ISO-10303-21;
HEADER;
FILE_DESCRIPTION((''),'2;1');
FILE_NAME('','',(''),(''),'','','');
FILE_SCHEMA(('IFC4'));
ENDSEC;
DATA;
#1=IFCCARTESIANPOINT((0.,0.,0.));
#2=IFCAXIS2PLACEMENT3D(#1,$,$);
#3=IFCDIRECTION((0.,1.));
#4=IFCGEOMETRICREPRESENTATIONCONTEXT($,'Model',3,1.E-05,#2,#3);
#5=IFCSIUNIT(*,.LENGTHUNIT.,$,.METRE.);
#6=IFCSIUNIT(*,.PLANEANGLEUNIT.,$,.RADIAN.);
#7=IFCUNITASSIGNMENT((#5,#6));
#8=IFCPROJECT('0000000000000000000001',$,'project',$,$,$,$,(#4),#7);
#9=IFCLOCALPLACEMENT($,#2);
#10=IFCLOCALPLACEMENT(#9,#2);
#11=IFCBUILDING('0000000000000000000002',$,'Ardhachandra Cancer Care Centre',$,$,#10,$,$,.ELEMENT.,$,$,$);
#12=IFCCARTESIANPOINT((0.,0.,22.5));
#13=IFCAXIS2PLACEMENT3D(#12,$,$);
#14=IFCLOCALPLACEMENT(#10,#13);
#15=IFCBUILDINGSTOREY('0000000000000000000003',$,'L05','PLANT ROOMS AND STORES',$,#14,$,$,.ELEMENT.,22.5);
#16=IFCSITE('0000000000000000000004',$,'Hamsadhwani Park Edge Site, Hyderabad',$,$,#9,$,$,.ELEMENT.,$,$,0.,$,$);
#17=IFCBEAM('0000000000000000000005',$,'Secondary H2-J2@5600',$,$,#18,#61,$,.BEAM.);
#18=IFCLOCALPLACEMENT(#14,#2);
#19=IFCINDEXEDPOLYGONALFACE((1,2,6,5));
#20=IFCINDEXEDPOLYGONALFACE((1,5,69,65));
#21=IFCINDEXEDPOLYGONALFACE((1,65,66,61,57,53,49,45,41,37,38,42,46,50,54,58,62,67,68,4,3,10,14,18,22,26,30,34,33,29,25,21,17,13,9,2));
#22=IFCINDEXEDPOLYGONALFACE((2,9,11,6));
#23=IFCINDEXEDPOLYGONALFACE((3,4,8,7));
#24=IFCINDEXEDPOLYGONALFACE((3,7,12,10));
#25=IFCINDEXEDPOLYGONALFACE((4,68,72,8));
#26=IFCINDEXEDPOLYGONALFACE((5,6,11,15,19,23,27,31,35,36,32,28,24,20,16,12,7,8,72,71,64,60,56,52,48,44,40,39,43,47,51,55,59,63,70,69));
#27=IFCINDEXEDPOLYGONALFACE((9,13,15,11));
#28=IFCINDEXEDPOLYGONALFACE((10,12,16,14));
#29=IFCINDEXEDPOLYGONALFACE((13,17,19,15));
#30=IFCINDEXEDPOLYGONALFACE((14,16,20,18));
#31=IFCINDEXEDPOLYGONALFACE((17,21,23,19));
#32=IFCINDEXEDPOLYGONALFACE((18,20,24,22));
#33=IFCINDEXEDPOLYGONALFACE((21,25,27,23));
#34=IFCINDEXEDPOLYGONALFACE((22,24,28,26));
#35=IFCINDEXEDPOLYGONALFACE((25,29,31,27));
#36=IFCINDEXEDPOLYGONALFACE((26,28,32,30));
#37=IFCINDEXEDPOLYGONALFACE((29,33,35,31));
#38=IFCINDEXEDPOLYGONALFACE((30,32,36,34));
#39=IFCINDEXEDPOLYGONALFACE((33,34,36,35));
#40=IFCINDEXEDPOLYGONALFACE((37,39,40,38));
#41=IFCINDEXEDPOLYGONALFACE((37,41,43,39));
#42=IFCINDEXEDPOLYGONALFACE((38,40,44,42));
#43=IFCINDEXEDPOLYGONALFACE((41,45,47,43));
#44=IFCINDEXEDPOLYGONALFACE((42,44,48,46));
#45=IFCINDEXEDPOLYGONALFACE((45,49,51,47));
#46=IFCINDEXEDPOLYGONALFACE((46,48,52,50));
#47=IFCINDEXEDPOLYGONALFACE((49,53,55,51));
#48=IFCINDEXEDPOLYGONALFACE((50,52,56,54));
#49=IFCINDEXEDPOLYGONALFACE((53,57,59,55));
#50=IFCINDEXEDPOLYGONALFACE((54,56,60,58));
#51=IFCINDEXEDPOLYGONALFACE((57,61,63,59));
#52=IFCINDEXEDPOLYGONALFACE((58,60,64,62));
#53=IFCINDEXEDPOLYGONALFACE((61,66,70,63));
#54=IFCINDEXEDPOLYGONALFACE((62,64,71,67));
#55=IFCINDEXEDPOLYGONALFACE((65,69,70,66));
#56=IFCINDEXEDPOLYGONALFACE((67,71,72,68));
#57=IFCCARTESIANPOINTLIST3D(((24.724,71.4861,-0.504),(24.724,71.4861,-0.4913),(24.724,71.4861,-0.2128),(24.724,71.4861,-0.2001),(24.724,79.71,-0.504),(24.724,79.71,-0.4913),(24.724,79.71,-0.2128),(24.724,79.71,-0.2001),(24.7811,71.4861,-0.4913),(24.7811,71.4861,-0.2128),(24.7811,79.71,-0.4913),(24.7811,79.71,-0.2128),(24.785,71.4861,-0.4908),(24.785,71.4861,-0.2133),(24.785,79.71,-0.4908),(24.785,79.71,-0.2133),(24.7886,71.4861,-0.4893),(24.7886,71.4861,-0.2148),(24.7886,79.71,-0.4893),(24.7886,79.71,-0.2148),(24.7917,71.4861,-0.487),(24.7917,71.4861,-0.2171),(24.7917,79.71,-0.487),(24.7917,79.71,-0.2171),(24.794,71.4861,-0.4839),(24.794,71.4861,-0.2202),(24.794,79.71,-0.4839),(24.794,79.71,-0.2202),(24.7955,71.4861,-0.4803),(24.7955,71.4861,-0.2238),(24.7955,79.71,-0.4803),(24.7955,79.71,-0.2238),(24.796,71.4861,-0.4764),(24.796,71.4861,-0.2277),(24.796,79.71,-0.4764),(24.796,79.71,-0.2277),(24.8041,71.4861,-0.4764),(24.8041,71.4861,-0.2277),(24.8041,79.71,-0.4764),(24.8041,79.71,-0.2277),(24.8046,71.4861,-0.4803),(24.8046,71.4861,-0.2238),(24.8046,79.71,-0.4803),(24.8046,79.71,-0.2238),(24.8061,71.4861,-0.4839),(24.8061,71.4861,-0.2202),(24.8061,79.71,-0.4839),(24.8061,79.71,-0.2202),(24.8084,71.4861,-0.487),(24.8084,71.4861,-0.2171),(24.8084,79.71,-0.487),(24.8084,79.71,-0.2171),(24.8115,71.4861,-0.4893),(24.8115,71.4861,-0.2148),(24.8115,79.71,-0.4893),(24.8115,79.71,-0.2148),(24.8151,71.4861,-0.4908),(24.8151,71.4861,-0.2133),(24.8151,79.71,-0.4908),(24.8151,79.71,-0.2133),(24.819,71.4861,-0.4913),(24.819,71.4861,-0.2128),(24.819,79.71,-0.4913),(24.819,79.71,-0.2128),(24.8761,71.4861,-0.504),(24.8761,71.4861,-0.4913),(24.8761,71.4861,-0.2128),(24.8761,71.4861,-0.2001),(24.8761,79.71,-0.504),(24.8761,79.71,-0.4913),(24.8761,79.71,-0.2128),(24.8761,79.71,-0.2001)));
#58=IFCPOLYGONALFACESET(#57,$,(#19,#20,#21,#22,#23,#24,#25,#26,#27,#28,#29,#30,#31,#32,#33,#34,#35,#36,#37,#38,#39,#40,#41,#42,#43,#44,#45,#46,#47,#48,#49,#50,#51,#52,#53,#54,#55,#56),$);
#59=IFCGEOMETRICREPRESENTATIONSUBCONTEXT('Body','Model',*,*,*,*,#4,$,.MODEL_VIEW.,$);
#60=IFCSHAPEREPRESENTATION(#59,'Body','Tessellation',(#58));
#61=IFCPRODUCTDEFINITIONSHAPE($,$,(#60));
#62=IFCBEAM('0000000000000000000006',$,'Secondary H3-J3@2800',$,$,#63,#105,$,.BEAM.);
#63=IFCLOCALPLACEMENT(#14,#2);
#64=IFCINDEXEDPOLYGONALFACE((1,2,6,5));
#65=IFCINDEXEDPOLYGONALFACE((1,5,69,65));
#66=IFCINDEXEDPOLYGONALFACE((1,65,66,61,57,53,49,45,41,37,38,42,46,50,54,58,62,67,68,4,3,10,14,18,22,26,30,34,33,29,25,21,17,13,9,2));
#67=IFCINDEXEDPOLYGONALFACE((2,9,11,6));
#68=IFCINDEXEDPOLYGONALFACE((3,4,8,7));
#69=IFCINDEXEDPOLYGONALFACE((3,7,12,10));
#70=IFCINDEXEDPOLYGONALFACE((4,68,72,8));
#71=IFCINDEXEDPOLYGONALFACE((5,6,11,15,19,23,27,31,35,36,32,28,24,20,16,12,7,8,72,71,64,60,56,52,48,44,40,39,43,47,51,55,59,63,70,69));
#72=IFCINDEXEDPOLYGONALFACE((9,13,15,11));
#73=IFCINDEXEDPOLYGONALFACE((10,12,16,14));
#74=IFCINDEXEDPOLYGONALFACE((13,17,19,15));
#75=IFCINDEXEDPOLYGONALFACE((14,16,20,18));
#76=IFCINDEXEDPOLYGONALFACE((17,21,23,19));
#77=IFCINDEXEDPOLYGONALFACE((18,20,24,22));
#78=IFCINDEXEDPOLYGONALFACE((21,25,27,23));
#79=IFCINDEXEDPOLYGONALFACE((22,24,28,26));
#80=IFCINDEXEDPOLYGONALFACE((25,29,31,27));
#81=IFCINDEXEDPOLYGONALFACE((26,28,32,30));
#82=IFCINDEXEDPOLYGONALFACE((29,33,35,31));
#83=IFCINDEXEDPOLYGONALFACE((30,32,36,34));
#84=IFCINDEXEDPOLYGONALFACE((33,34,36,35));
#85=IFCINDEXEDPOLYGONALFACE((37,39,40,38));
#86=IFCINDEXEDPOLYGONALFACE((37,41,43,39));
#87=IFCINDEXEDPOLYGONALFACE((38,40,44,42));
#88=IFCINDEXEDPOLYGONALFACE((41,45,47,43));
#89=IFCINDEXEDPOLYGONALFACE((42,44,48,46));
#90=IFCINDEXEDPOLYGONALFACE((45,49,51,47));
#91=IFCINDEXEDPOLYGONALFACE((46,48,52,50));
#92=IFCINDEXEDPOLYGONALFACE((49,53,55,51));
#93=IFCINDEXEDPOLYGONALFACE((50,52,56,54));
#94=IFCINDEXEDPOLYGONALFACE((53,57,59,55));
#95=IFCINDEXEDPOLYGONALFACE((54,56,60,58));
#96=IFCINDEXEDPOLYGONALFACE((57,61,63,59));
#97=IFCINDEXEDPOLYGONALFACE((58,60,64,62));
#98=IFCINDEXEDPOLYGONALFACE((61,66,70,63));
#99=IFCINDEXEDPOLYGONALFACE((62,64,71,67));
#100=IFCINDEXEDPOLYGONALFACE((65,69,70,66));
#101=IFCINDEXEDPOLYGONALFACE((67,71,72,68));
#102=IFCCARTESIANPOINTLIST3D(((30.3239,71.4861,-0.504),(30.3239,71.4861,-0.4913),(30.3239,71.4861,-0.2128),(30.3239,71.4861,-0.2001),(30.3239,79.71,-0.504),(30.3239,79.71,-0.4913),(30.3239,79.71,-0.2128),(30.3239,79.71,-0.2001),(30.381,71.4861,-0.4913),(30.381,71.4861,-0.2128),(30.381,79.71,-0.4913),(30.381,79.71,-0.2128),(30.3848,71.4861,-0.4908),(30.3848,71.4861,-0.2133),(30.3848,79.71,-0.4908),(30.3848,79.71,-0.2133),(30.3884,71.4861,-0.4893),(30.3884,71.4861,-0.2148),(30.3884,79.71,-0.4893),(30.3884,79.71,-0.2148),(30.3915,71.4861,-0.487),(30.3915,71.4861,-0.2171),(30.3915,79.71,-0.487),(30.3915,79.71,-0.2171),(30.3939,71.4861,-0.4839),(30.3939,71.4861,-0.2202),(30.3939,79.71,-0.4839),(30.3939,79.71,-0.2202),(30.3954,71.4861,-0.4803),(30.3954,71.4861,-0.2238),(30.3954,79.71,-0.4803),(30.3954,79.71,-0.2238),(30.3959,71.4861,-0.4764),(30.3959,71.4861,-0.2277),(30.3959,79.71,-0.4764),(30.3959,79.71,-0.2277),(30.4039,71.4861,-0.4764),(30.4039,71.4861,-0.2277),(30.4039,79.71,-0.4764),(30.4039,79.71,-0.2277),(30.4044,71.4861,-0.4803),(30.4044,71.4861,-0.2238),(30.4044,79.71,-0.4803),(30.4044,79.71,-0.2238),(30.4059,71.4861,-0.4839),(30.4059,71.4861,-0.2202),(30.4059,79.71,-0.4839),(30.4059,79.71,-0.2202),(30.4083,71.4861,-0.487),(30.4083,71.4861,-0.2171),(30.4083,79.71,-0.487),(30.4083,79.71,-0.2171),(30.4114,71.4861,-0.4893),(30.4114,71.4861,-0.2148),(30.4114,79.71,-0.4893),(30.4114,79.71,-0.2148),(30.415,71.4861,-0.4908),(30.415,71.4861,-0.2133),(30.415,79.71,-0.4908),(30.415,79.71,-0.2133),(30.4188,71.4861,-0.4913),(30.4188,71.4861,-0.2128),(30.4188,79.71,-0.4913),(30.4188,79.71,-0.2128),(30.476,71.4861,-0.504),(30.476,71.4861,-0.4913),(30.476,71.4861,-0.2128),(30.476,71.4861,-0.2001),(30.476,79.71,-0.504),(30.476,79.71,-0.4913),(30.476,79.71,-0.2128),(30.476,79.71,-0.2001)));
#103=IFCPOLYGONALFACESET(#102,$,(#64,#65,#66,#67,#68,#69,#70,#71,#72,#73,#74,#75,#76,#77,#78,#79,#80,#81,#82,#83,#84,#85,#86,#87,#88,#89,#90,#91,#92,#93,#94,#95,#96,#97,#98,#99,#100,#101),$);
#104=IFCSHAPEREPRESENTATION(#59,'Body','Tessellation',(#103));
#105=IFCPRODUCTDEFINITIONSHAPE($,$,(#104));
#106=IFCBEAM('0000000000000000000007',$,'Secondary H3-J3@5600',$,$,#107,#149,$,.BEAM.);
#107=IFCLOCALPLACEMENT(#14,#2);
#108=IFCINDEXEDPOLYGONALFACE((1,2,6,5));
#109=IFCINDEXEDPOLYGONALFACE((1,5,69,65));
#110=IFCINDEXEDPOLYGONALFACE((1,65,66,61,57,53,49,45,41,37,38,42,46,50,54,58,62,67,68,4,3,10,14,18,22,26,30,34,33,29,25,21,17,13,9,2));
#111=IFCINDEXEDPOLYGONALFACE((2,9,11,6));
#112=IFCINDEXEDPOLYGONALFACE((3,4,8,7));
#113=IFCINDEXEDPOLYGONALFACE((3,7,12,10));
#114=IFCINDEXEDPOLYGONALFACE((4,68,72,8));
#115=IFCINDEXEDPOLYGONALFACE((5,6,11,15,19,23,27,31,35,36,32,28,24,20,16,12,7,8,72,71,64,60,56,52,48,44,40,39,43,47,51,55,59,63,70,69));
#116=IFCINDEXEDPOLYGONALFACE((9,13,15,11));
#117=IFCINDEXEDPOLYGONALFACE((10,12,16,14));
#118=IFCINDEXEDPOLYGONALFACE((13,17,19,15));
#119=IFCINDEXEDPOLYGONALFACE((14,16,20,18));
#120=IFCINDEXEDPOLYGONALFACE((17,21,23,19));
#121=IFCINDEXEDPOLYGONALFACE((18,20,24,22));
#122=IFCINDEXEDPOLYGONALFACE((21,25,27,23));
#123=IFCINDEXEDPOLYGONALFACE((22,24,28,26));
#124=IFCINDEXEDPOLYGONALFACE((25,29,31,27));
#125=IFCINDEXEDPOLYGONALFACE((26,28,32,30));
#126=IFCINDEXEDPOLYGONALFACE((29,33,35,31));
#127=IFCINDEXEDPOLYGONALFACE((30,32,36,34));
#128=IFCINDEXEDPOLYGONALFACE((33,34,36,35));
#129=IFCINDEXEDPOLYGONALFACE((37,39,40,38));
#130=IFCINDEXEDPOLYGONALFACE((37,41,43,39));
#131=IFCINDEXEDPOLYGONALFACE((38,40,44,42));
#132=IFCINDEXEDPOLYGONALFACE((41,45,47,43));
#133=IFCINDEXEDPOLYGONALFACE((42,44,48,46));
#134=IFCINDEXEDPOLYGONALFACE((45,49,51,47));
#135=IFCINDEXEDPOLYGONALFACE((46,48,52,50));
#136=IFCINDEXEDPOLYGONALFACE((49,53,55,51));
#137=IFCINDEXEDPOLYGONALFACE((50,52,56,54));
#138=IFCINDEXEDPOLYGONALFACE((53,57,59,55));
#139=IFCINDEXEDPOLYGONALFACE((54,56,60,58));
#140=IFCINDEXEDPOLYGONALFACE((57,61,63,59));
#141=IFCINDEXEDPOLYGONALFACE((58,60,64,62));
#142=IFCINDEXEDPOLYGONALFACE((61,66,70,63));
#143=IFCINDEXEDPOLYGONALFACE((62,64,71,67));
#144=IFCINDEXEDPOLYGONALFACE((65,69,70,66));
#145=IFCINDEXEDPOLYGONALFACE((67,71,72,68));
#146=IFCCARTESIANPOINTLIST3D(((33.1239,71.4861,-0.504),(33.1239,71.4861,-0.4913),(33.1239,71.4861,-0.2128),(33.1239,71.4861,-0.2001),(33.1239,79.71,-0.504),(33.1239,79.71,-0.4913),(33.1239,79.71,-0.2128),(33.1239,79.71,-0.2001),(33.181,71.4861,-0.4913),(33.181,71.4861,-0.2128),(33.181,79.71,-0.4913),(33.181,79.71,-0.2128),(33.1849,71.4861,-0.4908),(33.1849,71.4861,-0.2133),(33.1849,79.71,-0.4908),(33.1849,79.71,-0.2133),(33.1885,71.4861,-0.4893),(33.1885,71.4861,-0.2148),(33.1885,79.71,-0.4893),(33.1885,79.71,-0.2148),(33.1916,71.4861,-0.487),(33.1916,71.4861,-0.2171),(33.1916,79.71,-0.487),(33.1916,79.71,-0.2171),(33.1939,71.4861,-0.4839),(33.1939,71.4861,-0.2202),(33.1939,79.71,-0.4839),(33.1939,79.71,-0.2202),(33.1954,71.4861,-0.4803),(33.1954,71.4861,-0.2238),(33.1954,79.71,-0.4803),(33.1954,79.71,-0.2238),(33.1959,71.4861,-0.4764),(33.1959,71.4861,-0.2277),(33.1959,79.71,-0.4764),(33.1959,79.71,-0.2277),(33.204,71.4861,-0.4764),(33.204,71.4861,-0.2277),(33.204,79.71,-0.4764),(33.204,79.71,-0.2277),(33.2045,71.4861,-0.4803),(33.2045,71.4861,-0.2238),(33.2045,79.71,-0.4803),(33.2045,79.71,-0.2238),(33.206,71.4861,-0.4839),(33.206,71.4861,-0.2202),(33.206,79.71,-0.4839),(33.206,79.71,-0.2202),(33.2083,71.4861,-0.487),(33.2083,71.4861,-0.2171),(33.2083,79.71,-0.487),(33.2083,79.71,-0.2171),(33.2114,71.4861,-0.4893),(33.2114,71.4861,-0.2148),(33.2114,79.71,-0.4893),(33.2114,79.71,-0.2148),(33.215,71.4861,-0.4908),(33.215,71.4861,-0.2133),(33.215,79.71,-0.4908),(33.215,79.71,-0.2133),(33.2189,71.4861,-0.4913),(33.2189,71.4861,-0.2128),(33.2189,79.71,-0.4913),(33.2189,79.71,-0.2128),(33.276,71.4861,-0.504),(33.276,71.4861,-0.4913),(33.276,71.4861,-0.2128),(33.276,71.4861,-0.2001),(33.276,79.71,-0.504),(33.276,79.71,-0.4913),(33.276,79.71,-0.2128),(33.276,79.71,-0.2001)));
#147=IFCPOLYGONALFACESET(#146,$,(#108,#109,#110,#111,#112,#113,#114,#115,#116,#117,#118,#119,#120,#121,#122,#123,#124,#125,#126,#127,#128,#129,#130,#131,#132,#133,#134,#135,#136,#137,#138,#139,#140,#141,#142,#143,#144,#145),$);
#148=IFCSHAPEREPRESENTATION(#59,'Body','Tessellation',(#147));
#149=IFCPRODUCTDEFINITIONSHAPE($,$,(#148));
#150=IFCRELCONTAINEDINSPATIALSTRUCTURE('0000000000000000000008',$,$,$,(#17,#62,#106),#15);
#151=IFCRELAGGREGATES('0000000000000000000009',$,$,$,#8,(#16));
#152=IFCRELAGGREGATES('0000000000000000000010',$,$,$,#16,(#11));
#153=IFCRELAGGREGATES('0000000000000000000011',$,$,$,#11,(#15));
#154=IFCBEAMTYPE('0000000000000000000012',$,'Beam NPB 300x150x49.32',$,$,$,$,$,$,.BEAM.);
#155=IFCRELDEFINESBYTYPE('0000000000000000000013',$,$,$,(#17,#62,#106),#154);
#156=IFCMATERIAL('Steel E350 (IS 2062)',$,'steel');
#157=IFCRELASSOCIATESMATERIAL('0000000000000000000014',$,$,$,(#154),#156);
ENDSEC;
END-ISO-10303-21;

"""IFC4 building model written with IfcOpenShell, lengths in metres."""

from ifc_helpers import new_model, si_unit, direction, frame, origin, origin_2d, place, context, subcontext, project, spatial, i_section, extrude, material, material_profile, profile_set, type_object, element, save


model = new_model("IFC4")

# Units and contexts
model_context = context("Model", 3, precision=1e-05, world=origin(), true_north=direction((0.0, 1.0)))
body_context = subcontext(model_context, "Body", "Model", "MODEL_VIEW")
ifc_project = project(units=[si_unit("LENGTHUNIT", "METRE"), si_unit("PLANEANGLEUNIT", "RADIAN")], contexts=[model_context])

# Site, building, storey
site_placement = place(None, origin())
site = spatial("IfcSite", under=ifc_project, at=site_placement, Name="Hamsadhwani Park Edge Site, Hyderabad", CompositionType="ELEMENT", RefElevation=0.0)
building_placement = place(site_placement, origin())
building = spatial("IfcBuilding", under=site, at=building_placement, Name="Ardhachandra Cancer Care Centre", CompositionType="ELEMENT")
storey_placement = place(building_placement, frame((0.0, 0.0, 22.5)))
storey = spatial("IfcBuildingStorey", under=building, at=storey_placement, Name="L05", Description="PLANT ROOMS AND STORES", CompositionType="ELEMENT", Elevation=22.5)

# Beams
ifc_material_1 = material(Name="Steel E350 (IS 2062)", Category="steel")
ifc_material_profile_1 = material_profile(ifc_material_1, i_section(OverallWidth=0.1521, OverallDepth=0.304, WebThickness=0.0081, FlangeThickness=0.0127, FilletRadius=0.0149, at=origin_2d()), Name="NPB 300x150x49.32")
ifc_profile_set_1 = profile_set([ifc_material_profile_1], Name="Steel E350 (IS 2062)")
beam_type = type_object("IfcBeamType", Name="Beam NPB 300x150x49.32", PredefinedType="BEAM", material=ifc_profile_set_1)
for number, where, z_axis, x_axis, name in (
    (1, (24.8, 71.4861, -0.3521), (0.0, 1.0, 0.0), (-1.0, 0.0, 0.0), "Secondary H2-J2@5600"),
    (2, (30.3999, 71.4861, -0.3521), (0.0, 1.0, 0.0), (-1.0, 0.0, 0.0), "Secondary H3-J3@2800"),
    (3, (33.2, 71.4861, -0.3521), (0.0, 1.0, 0.0), (-1.0, 0.0, 0.0), "Secondary H3-J3@5600"),
):
    element("IfcBeam", number, at=place(storey_placement, frame(where, z_axis=z_axis, x_axis=x_axis)), inside=storey, type_object=beam_type, Name=name, PredefinedType="BEAM", context=body_context, shape_type="SweptSolid", body=[
        extrude(i_section(OverallWidth=0.1521, OverallDepth=0.304, WebThickness=0.0081, FlangeThickness=0.0127, FilletRadius=0.0149, at=origin_2d()), origin(), (0.0, 0.0, 1.0), 8.2239),
    ])

save(model, "model.ifc")
